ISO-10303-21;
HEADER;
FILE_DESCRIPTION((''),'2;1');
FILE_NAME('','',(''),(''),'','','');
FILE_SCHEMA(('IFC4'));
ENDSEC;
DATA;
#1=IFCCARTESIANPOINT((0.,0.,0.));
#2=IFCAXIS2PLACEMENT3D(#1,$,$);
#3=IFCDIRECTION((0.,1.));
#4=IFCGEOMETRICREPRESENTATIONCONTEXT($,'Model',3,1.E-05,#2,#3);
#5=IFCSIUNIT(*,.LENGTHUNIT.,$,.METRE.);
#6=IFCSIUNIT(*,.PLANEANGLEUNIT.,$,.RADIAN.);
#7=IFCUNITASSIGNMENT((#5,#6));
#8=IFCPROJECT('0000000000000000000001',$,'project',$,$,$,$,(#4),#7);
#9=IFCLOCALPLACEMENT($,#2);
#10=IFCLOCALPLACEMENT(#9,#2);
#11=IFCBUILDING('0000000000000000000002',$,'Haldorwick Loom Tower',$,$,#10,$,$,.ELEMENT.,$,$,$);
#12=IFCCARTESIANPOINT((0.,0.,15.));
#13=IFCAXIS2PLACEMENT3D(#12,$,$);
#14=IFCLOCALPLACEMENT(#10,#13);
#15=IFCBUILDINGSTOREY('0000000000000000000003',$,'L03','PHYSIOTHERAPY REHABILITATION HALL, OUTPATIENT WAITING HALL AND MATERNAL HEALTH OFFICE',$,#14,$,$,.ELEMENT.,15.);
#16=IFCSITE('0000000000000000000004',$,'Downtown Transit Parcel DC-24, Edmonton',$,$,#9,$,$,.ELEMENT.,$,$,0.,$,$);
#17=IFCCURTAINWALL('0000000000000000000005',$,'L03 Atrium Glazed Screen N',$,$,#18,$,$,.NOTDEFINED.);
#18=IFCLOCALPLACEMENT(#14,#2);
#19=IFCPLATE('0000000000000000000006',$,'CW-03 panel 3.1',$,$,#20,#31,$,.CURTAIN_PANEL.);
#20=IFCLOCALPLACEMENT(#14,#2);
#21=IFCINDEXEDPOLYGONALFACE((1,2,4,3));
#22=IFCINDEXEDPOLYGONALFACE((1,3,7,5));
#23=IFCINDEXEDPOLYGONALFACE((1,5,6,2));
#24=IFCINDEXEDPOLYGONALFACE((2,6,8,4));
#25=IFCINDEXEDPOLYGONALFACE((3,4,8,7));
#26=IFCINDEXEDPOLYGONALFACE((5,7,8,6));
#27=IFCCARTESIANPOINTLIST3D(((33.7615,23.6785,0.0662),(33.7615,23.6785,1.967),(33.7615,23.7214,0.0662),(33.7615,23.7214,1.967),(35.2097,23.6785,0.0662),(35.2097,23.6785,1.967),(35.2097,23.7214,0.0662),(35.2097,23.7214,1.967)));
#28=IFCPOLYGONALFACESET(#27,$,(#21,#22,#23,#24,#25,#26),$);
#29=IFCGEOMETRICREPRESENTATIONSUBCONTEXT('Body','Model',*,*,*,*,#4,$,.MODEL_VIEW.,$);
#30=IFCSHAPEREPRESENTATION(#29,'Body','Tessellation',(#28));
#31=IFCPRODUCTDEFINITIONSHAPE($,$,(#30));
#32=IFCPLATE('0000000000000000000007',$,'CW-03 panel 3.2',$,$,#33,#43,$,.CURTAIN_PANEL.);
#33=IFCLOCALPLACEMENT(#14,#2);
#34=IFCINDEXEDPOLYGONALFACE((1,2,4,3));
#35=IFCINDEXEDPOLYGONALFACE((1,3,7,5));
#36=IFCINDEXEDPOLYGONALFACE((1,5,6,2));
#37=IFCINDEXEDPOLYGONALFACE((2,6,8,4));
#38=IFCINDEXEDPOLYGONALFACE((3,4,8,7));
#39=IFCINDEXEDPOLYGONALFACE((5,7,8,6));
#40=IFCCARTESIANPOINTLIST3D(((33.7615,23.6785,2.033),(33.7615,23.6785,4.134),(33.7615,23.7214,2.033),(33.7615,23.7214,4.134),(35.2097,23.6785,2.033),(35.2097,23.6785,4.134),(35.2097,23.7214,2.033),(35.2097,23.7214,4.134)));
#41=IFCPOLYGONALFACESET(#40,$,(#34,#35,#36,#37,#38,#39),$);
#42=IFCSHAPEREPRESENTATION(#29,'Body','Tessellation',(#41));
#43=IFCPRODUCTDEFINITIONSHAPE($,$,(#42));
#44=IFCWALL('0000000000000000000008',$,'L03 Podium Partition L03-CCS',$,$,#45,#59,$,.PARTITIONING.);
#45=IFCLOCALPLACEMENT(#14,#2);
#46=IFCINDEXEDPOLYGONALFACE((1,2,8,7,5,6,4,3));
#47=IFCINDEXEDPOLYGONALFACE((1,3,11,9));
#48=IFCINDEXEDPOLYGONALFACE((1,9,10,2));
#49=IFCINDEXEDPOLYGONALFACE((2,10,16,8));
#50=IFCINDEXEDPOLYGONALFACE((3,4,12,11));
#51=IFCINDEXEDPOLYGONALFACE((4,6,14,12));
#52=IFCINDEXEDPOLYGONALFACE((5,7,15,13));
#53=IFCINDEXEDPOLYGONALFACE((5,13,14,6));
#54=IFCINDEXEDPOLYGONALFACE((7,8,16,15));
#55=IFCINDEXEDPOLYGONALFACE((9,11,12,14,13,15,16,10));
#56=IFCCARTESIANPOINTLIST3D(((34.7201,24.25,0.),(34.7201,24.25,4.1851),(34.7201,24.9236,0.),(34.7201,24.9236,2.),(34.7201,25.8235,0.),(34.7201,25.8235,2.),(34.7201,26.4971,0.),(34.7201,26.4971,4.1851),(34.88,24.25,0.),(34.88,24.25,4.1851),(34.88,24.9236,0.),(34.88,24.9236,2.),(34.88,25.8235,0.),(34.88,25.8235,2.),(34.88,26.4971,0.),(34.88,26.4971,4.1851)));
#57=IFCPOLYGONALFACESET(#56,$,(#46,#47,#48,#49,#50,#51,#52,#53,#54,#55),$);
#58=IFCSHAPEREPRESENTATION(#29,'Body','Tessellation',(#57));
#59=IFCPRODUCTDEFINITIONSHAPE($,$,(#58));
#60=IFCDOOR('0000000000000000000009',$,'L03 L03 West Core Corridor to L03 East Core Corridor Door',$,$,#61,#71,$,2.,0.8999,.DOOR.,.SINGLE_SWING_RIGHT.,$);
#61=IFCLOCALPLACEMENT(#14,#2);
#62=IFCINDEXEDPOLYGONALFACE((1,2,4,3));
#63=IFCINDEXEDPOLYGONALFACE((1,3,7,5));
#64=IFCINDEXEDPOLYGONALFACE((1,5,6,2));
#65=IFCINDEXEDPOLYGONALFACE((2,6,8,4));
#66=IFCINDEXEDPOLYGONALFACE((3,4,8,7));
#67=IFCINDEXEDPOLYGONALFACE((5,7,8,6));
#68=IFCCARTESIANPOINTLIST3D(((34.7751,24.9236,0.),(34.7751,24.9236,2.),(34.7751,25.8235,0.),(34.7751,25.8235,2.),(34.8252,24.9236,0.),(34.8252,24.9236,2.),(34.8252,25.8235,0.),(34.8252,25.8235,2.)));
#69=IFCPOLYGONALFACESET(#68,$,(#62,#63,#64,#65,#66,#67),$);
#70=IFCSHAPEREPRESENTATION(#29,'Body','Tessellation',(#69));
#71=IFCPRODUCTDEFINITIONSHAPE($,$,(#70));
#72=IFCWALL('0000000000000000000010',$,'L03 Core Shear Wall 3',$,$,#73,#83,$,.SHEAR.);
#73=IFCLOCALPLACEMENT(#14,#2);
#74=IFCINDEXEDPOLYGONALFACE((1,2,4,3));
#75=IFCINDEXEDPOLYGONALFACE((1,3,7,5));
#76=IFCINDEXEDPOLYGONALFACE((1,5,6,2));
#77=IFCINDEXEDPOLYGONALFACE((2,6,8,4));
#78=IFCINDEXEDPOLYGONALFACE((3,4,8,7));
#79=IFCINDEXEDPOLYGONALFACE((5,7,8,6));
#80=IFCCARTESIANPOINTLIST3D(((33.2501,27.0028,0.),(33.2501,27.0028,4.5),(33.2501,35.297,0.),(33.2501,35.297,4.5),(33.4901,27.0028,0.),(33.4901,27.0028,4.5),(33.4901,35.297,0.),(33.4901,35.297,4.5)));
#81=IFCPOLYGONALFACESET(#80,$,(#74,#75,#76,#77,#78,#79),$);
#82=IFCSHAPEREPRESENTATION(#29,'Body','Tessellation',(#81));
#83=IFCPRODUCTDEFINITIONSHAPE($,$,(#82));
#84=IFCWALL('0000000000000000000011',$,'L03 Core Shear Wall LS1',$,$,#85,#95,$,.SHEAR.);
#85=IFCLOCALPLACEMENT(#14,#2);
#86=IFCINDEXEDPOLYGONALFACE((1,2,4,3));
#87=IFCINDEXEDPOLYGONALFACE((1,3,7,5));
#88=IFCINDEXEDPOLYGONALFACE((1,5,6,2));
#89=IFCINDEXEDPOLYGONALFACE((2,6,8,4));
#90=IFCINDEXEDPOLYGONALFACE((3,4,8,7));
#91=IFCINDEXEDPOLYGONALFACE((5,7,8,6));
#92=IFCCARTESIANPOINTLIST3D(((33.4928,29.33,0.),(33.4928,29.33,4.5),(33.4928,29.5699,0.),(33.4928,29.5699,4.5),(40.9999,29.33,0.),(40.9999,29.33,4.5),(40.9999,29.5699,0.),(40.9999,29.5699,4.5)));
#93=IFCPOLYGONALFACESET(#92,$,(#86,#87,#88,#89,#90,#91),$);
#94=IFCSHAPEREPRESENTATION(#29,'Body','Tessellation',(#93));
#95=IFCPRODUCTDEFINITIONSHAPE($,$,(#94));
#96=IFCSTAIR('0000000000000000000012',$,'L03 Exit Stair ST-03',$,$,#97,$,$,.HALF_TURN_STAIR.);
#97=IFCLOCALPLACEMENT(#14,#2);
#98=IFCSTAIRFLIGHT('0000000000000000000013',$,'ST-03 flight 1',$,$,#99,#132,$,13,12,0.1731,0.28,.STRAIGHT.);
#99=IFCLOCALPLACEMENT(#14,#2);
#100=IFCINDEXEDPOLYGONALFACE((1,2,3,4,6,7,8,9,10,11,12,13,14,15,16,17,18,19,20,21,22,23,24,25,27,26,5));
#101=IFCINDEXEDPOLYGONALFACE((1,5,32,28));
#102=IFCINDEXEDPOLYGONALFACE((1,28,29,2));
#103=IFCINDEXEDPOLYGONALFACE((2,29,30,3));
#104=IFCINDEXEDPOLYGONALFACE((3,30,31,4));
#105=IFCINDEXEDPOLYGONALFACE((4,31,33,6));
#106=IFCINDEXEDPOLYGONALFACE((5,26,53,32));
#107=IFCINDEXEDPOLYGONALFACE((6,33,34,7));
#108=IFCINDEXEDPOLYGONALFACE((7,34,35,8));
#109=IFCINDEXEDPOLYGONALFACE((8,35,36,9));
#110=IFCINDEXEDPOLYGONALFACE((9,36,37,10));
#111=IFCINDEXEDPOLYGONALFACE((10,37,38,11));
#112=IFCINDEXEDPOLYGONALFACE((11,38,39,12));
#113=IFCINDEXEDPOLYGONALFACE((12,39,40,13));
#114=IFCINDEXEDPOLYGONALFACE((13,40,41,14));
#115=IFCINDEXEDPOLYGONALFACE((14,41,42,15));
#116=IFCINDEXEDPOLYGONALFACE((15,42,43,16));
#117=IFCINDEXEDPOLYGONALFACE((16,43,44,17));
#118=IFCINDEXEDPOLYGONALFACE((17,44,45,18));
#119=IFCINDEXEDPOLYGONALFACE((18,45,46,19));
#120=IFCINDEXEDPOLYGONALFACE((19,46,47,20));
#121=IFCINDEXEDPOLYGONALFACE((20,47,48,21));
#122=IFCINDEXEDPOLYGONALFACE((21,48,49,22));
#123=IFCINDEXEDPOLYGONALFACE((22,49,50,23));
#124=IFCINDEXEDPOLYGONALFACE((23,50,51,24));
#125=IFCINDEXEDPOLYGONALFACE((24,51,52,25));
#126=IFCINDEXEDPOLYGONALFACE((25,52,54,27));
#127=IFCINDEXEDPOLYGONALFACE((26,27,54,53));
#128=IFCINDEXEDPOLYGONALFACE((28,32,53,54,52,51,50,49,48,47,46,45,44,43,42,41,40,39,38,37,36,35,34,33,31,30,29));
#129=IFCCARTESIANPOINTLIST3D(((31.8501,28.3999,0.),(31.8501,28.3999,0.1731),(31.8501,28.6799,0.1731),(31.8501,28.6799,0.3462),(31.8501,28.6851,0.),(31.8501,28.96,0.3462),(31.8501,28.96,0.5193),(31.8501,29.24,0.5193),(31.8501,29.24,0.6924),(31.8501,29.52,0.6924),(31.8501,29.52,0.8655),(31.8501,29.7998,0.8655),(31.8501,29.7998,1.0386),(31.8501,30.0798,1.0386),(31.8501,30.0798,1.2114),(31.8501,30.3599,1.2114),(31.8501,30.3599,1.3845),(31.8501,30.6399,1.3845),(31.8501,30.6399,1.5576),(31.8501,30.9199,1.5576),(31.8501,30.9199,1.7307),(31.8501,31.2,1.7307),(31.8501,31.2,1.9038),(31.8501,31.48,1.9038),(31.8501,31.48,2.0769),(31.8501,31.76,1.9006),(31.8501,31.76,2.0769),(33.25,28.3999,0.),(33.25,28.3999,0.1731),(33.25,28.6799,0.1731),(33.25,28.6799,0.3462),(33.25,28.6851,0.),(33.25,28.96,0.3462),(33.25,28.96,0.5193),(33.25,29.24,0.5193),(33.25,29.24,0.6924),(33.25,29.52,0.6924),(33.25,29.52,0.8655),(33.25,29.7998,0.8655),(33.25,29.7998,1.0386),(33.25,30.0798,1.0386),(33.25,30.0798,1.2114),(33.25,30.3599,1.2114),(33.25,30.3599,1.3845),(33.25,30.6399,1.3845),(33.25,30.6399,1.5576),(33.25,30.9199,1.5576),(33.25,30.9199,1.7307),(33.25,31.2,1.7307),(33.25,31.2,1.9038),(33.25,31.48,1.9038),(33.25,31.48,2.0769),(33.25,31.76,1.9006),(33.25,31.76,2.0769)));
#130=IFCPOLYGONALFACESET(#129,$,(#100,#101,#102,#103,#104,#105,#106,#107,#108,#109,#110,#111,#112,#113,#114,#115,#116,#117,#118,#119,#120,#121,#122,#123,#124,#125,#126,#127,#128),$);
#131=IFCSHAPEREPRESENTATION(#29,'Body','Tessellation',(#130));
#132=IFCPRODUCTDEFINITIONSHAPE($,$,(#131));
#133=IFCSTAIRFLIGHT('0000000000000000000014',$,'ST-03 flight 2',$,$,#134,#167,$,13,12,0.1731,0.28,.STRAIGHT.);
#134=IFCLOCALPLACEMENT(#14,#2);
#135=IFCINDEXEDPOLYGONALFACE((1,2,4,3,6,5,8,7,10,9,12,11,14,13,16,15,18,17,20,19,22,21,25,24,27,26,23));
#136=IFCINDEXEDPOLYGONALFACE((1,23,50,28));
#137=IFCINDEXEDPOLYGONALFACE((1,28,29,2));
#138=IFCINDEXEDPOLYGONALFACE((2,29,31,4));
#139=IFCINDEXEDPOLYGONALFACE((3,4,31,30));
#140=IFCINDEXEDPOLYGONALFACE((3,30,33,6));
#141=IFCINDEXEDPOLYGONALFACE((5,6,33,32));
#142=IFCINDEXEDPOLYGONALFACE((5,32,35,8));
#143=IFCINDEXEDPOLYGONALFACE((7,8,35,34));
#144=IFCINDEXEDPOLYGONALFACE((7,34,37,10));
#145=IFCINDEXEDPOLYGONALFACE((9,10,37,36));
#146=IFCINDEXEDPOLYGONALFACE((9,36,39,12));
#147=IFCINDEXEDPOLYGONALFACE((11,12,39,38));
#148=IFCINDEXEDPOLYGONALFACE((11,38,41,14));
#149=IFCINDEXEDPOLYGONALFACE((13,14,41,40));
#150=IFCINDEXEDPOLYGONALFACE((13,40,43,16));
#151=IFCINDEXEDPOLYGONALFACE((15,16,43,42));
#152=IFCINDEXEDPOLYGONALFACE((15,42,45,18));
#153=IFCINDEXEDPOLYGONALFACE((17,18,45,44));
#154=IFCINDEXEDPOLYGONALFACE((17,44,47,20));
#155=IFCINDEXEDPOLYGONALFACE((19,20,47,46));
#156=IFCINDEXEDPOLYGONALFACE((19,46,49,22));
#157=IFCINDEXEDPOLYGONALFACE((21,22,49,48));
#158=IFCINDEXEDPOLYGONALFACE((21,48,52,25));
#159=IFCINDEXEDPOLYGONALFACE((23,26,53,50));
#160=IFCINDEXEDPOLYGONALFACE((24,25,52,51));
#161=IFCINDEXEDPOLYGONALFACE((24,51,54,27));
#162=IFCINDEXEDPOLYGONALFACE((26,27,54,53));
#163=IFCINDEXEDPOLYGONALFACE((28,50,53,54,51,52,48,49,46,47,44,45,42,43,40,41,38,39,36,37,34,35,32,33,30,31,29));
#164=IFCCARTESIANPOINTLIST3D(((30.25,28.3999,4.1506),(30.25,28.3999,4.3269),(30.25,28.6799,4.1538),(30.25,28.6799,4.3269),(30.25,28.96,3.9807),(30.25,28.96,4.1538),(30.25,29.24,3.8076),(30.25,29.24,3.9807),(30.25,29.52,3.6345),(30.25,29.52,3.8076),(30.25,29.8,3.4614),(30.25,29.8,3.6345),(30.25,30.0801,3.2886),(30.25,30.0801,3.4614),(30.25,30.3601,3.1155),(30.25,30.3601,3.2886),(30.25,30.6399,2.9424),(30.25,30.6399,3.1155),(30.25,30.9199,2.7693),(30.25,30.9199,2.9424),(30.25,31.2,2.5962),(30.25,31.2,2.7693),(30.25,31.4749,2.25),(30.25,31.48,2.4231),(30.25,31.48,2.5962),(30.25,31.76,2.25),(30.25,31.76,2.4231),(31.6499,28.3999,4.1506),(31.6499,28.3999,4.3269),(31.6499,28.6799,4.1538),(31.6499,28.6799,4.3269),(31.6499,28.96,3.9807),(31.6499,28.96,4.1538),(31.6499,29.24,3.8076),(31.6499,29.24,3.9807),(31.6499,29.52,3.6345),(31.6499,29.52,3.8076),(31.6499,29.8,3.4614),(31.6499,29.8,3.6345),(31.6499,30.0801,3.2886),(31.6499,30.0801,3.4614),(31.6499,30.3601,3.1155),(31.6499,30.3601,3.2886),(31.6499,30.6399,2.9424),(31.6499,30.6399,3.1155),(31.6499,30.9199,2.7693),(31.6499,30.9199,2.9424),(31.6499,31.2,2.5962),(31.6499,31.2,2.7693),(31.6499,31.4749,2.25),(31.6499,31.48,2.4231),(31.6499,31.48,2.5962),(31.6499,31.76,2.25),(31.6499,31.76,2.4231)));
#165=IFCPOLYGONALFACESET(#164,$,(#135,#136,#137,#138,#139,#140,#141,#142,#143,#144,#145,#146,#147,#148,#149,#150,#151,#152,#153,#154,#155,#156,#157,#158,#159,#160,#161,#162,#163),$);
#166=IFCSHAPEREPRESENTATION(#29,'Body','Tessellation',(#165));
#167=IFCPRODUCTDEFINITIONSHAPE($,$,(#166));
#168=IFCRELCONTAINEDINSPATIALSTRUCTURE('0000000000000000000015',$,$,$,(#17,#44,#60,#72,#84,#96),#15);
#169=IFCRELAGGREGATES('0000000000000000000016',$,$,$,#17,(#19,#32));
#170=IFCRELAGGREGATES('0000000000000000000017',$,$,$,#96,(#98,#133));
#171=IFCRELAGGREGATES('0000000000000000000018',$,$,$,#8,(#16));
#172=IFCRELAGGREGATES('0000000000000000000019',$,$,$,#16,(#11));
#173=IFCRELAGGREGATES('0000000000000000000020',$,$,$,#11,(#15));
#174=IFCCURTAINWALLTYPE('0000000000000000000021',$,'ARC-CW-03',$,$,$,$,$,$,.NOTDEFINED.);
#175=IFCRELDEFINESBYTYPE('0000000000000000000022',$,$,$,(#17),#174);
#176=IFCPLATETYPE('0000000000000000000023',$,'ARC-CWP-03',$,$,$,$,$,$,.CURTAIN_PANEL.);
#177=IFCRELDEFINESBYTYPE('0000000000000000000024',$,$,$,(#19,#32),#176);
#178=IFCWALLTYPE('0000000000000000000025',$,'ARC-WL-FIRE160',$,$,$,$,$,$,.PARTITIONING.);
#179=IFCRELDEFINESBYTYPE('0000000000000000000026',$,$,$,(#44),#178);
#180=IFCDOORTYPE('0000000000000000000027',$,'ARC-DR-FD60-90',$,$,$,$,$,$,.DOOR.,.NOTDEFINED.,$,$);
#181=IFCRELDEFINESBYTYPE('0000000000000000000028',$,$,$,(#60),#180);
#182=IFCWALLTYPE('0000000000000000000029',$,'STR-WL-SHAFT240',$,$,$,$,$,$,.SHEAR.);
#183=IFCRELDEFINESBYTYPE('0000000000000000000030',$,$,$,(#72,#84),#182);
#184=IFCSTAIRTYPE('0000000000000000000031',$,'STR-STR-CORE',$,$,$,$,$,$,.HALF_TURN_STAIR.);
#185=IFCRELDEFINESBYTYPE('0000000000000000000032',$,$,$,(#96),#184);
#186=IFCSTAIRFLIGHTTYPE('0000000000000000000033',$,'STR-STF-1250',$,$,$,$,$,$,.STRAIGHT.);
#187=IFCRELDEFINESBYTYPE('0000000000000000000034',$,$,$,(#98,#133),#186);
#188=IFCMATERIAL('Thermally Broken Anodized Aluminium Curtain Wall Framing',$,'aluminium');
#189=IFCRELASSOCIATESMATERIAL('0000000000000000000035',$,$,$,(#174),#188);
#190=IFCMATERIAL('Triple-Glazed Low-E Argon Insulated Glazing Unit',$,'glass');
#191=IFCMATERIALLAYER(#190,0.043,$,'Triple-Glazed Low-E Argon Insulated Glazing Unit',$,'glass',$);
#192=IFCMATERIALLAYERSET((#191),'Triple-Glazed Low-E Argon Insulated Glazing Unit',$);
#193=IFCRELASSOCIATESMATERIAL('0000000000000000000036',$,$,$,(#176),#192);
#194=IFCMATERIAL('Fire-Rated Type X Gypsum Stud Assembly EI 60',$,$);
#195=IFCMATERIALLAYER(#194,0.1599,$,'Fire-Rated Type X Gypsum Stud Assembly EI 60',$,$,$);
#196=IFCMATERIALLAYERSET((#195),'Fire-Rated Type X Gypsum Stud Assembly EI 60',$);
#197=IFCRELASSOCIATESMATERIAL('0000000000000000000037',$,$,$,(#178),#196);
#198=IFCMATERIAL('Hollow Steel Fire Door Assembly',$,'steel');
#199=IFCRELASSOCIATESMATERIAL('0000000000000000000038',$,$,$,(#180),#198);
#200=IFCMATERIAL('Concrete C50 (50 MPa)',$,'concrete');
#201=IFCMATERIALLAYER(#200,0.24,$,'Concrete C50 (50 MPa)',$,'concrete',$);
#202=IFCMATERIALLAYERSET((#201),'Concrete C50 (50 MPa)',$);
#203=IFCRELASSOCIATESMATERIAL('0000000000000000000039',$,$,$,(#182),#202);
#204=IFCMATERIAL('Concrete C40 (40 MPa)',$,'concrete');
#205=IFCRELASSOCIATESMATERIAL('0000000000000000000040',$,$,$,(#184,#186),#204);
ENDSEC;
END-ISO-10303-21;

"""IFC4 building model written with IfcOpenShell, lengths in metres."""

from ifc_helpers import new_model, si_unit, direction, frame, frame_2d, origin, origin_2d, place, context, subcontext, project, spatial, polyline, rectangle, outline, extrude, material, layer, layer_set, type_object, element, fill, aggregate, save


model = new_model("IFC4")

# Units and contexts
model_context = context("Model", 3, precision=1e-05, world=origin(), true_north=direction((0.0, 1.0)))
body_context = subcontext(model_context, "Body", "Model", "MODEL_VIEW")
ifc_project = project(units=[si_unit("LENGTHUNIT", "METRE"), si_unit("PLANEANGLEUNIT", "RADIAN")], contexts=[model_context])

# Site, building, storey
site_placement = place(None, origin())
site = spatial("IfcSite", under=ifc_project, at=site_placement, Name="Downtown Transit Parcel DC-24, Edmonton", CompositionType="ELEMENT", RefElevation=0.0)
building_placement = place(site_placement, origin())
building = spatial("IfcBuilding", under=site, at=building_placement, Name="Haldorwick Loom Tower", CompositionType="ELEMENT")
storey_placement = place(building_placement, frame((0.0, 0.0, 15.0)))
storey = spatial("IfcBuildingStorey", under=building, at=storey_placement, Name="L03", Description="PHYSIOTHERAPY REHABILITATION HALL, OUTPATIENT WAITING HALL AND MATERNAL HEALTH OFFICE", CompositionType="ELEMENT", Elevation=15.0)

# Curtain wall
ifc_material_1 = material(Name="Thermally Broken Anodized Aluminium Curtain Wall Framing", Category="aluminium")
curtain_wall_type = type_object("IfcCurtainWallType", Name="ARC-CW-03", PredefinedType="NOTDEFINED", material=ifc_material_1)
curtain_wall_placement = place(storey_placement, origin())
curtain_wall = element("IfcCurtainWall", 1, at=curtain_wall_placement, inside=storey, type_object=curtain_wall_type, Name="L03 Atrium Glazed Screen N", PredefinedType="NOTDEFINED")

# Plates
ifc_material_2 = material(Name="Triple-Glazed Low-E Argon Insulated Glazing Unit", Category="glass")
ifc_layer_1 = layer(ifc_material_2, 0.043, Name="Triple-Glazed Low-E Argon Insulated Glazing Unit", Category="glass")
ifc_layer_set_1 = layer_set([ifc_layer_1], Name="Triple-Glazed Low-E Argon Insulated Glazing Unit")
plate_type = type_object("IfcPlateType", Name="ARC-CWP-03", PredefinedType="CURTAIN_PANEL", material=ifc_layer_set_1)
plate_1_placement = place(storey_placement, frame((34.4856, 23.7, 0.0662), z_axis=(0.0, 0.0, 1.0), x_axis=(1.0, 0.0, 0.0)))
plate_1 = element("IfcPlate", 2, at=plate_1_placement, type_object=plate_type, Name="CW-03 panel 3.1", PredefinedType="CURTAIN_PANEL", context=body_context, shape_type="SweptSolid", body=[
    extrude(rectangle(XDim=1.4482, YDim=0.043, at=origin_2d()), origin(), (0.0, 0.0, 1.0), 1.9009),
])
plate_2_placement = place(storey_placement, frame((34.4856, 23.7, 2.033), z_axis=(0.0, 0.0, 1.0), x_axis=(1.0, 0.0, 0.0)))
plate_2 = element("IfcPlate", 3, at=plate_2_placement, type_object=plate_type, Name="CW-03 panel 3.2", PredefinedType="CURTAIN_PANEL", context=body_context, shape_type="SweptSolid", body=[
    extrude(rectangle(XDim=1.4482, YDim=0.043, at=origin_2d()), origin(), (0.0, 0.0, 1.0), 2.1011),
])
aggregate(curtain_wall, [plate_1, plate_2])

# Wall, opening, door
ifc_material_3 = material(Name="Fire-Rated Type X Gypsum Stud Assembly EI 60")
ifc_layer_2 = layer(ifc_material_3, 0.1599, Name="Fire-Rated Type X Gypsum Stud Assembly EI 60")
ifc_layer_set_2 = layer_set([ifc_layer_2], Name="Fire-Rated Type X Gypsum Stud Assembly EI 60")
wall_type_1 = type_object("IfcWallType", Name="ARC-WL-FIRE160", PredefinedType="PARTITIONING", material=ifc_layer_set_2)
wall_1_placement = place(storey_placement, frame((34.8, 24.25, 0.0), z_axis=(0.0, 0.0, 1.0), x_axis=(0.0, 1.0, 0.0)))
wall_1 = element("IfcWall", 4, at=wall_1_placement, inside=storey, type_object=wall_type_1, Name="L03 Podium Partition L03-CCS", PredefinedType="PARTITIONING", context=body_context, shape_type="SweptSolid", body=[
    extrude(rectangle(XDim=2.2471, YDim=0.1599, at=frame_2d((1.1235, 0.0))), origin(), (0.0, 0.0, 1.0), 4.1851),
])
opening_placement = place(wall_1_placement, frame((0.6736, 0.0, 0.0)))
opening = element("IfcOpeningElement", 5, at=opening_placement, cuts=wall_1, PredefinedType="OPENING", context=body_context, shape_type="SweptSolid", body=[
    extrude(rectangle(XDim=0.8999, YDim=2.0, at=frame_2d((0.45, 1.0))), frame((0.0, 0.0898, 0.0), z_axis=(0.0, -1.0, 0.0), x_axis=(1.0, 0.0, 0.0)), (0.0, 0.0, 1.0), 0.1799),
])
ifc_material_4 = material(Name="Hollow Steel Fire Door Assembly", Category="steel")
door_type = type_object("IfcDoorType", Name="ARC-DR-FD60-90", OperationType="NOTDEFINED", PredefinedType="DOOR", material=ifc_material_4)
door_placement = place(opening_placement, origin())
door = element("IfcDoor", 6, at=door_placement, inside=storey, type_object=door_type, Name="L03 L03 West Core Corridor to L03 East Core Corridor Door", OperationType="SINGLE_SWING_RIGHT", OverallHeight=2.0, OverallWidth=0.8999, PredefinedType="DOOR", context=body_context, shape_type="SweptSolid", body=[
    extrude(rectangle(XDim=0.8999, YDim=2.0, at=frame_2d((0.45, 1.0))), frame((0.0, 0.0249, 0.0), z_axis=(0.0, -1.0, 0.0), x_axis=(1.0, 0.0, 0.0)), (0.0, 0.0, 1.0), 0.05),
])
fill(opening, door)

# Walls
ifc_material_5 = material(Name="Concrete C50 (50 MPa)", Category="concrete")
ifc_layer_3 = layer(ifc_material_5, 0.24, Name="Concrete C50 (50 MPa)", Category="concrete")
ifc_layer_set_3 = layer_set([ifc_layer_3], Name="Concrete C50 (50 MPa)")
wall_type_2 = type_object("IfcWallType", Name="STR-WL-SHAFT240", PredefinedType="SHEAR", material=ifc_layer_set_3)
wall_2_placement = place(storey_placement, frame((33.3701, 27.0029, 0.0), z_axis=(0.0, 0.0, 1.0), x_axis=(0.0, 1.0, 0.0)))
element("IfcWall", 7, at=wall_2_placement, inside=storey, type_object=wall_type_2, Name="L03 Core Shear Wall 3", PredefinedType="SHEAR", context=body_context, shape_type="SweptSolid", body=[
    extrude(rectangle(XDim=8.2942, YDim=0.24, at=frame_2d((4.147, 0.0))), origin(), (0.0, 0.0, 1.0), 4.5),
])
wall_3_placement = place(storey_placement, frame((33.4929, 29.45, 0.0), z_axis=(0.0, 0.0, 1.0), x_axis=(1.0, 0.0, 0.0)))
element("IfcWall", 8, at=wall_3_placement, inside=storey, type_object=wall_type_2, Name="L03 Core Shear Wall LS1", PredefinedType="SHEAR", context=body_context, shape_type="SweptSolid", body=[
    extrude(rectangle(XDim=7.5071, YDim=0.24, at=frame_2d((3.7534, 0.0))), origin(), (0.0, 0.0, 1.0), 4.5),
])

# Stair, stair flights
ifc_material_6 = material(Name="Concrete C40 (40 MPa)", Category="concrete")
stair_type = type_object("IfcStairType", Name="STR-STR-CORE", PredefinedType="HALF_TURN_STAIR", material=ifc_material_6)
stair_placement = place(storey_placement, origin())
stair = element("IfcStair", 9, at=stair_placement, inside=storey, type_object=stair_type, Name="L03 Exit Stair ST-03", PredefinedType="HALF_TURN_STAIR")
stair_flight_type = type_object("IfcStairFlightType", Name="STR-STF-1250", PredefinedType="STRAIGHT", material=ifc_material_6)
stair_flight_1_placement = place(storey_placement, frame((32.55, 28.3999, 0.0), z_axis=(0.0, 0.0, 1.0), x_axis=(0.0, 1.0, 0.0)))
stair_flight_1 = element("IfcStairFlight", 10, at=stair_flight_1_placement, type_object=stair_flight_type, Name="ST-03 flight 1", NumberOfRisers=13, NumberOfTreads=12, PredefinedType="STRAIGHT", RiserHeight=0.1731, TreadLength=0.28, context=body_context, shape_type="SweptSolid", body=[
    extrude(outline(polyline([(0.0, 0.0), (0.0, 0.1731), (0.28, 0.1731), (0.28, 0.3462), (0.5601, 0.3462), (0.5601, 0.5193), (0.8401, 0.5193), (0.8401, 0.6924), (1.1201, 0.6924), (1.1201, 0.8655), (1.3999, 0.8655), (1.3999, 1.0386), (1.6799, 1.0386), (1.6799, 1.2114), (1.96, 1.2114), (1.96, 1.3845), (2.24, 1.3845), (2.24, 1.5576), (2.52, 1.5576), (2.52, 1.7307), (2.8, 1.7307), (2.8, 1.9038), (3.0801, 1.9038), (3.0801, 2.0769), (3.3601, 2.0769), (3.3601, 2.25), (3.3601, 1.9006), (0.2852, 0.0), (0.0, 0.0)])), frame((0.0, 0.7, 0.0), z_axis=(0.0, -1.0, 0.0), x_axis=(1.0, 0.0, 0.0)), (0.0, 0.0, 1.0), 1.3999),
])
stair_flight_2_placement = place(storey_placement, frame((30.95, 31.76, 2.25), z_axis=(0.0, 0.0, 1.0), x_axis=(0.0, -1.0, 0.0)))
stair_flight_2 = element("IfcStairFlight", 11, at=stair_flight_2_placement, type_object=stair_flight_type, Name="ST-03 flight 2", NumberOfRisers=13, NumberOfTreads=12, PredefinedType="STRAIGHT", RiserHeight=0.1731, TreadLength=0.28, context=body_context, shape_type="SweptSolid", body=[
    extrude(outline(polyline([(0.0, 0.0), (0.0, 0.1731), (0.28, 0.1731), (0.28, 0.3462), (0.5601, 0.3462), (0.5601, 0.5193), (0.8401, 0.5193), (0.8401, 0.6924), (1.1201, 0.6924), (1.1201, 0.8655), (1.3999, 0.8655), (1.3999, 1.0386), (1.6799, 1.0386), (1.6799, 1.2114), (1.96, 1.2114), (1.96, 1.3845), (2.24, 1.3845), (2.24, 1.5576), (2.52, 1.5576), (2.52, 1.7307), (2.8, 1.7307), (2.8, 1.9038), (3.0801, 1.9038), (3.0801, 2.0769), (3.3601, 2.0769), (3.3601, 2.25), (3.3601, 1.9006), (0.2852, 0.0), (0.0, 0.0)])), frame((0.0, 0.7, 0.0), z_axis=(0.0, -1.0, 0.0), x_axis=(1.0, 0.0, 0.0)), (0.0, 0.0, 1.0), 1.3999),
])
aggregate(stair, [stair_flight_1, stair_flight_2])

save(model, "model.ifc")
